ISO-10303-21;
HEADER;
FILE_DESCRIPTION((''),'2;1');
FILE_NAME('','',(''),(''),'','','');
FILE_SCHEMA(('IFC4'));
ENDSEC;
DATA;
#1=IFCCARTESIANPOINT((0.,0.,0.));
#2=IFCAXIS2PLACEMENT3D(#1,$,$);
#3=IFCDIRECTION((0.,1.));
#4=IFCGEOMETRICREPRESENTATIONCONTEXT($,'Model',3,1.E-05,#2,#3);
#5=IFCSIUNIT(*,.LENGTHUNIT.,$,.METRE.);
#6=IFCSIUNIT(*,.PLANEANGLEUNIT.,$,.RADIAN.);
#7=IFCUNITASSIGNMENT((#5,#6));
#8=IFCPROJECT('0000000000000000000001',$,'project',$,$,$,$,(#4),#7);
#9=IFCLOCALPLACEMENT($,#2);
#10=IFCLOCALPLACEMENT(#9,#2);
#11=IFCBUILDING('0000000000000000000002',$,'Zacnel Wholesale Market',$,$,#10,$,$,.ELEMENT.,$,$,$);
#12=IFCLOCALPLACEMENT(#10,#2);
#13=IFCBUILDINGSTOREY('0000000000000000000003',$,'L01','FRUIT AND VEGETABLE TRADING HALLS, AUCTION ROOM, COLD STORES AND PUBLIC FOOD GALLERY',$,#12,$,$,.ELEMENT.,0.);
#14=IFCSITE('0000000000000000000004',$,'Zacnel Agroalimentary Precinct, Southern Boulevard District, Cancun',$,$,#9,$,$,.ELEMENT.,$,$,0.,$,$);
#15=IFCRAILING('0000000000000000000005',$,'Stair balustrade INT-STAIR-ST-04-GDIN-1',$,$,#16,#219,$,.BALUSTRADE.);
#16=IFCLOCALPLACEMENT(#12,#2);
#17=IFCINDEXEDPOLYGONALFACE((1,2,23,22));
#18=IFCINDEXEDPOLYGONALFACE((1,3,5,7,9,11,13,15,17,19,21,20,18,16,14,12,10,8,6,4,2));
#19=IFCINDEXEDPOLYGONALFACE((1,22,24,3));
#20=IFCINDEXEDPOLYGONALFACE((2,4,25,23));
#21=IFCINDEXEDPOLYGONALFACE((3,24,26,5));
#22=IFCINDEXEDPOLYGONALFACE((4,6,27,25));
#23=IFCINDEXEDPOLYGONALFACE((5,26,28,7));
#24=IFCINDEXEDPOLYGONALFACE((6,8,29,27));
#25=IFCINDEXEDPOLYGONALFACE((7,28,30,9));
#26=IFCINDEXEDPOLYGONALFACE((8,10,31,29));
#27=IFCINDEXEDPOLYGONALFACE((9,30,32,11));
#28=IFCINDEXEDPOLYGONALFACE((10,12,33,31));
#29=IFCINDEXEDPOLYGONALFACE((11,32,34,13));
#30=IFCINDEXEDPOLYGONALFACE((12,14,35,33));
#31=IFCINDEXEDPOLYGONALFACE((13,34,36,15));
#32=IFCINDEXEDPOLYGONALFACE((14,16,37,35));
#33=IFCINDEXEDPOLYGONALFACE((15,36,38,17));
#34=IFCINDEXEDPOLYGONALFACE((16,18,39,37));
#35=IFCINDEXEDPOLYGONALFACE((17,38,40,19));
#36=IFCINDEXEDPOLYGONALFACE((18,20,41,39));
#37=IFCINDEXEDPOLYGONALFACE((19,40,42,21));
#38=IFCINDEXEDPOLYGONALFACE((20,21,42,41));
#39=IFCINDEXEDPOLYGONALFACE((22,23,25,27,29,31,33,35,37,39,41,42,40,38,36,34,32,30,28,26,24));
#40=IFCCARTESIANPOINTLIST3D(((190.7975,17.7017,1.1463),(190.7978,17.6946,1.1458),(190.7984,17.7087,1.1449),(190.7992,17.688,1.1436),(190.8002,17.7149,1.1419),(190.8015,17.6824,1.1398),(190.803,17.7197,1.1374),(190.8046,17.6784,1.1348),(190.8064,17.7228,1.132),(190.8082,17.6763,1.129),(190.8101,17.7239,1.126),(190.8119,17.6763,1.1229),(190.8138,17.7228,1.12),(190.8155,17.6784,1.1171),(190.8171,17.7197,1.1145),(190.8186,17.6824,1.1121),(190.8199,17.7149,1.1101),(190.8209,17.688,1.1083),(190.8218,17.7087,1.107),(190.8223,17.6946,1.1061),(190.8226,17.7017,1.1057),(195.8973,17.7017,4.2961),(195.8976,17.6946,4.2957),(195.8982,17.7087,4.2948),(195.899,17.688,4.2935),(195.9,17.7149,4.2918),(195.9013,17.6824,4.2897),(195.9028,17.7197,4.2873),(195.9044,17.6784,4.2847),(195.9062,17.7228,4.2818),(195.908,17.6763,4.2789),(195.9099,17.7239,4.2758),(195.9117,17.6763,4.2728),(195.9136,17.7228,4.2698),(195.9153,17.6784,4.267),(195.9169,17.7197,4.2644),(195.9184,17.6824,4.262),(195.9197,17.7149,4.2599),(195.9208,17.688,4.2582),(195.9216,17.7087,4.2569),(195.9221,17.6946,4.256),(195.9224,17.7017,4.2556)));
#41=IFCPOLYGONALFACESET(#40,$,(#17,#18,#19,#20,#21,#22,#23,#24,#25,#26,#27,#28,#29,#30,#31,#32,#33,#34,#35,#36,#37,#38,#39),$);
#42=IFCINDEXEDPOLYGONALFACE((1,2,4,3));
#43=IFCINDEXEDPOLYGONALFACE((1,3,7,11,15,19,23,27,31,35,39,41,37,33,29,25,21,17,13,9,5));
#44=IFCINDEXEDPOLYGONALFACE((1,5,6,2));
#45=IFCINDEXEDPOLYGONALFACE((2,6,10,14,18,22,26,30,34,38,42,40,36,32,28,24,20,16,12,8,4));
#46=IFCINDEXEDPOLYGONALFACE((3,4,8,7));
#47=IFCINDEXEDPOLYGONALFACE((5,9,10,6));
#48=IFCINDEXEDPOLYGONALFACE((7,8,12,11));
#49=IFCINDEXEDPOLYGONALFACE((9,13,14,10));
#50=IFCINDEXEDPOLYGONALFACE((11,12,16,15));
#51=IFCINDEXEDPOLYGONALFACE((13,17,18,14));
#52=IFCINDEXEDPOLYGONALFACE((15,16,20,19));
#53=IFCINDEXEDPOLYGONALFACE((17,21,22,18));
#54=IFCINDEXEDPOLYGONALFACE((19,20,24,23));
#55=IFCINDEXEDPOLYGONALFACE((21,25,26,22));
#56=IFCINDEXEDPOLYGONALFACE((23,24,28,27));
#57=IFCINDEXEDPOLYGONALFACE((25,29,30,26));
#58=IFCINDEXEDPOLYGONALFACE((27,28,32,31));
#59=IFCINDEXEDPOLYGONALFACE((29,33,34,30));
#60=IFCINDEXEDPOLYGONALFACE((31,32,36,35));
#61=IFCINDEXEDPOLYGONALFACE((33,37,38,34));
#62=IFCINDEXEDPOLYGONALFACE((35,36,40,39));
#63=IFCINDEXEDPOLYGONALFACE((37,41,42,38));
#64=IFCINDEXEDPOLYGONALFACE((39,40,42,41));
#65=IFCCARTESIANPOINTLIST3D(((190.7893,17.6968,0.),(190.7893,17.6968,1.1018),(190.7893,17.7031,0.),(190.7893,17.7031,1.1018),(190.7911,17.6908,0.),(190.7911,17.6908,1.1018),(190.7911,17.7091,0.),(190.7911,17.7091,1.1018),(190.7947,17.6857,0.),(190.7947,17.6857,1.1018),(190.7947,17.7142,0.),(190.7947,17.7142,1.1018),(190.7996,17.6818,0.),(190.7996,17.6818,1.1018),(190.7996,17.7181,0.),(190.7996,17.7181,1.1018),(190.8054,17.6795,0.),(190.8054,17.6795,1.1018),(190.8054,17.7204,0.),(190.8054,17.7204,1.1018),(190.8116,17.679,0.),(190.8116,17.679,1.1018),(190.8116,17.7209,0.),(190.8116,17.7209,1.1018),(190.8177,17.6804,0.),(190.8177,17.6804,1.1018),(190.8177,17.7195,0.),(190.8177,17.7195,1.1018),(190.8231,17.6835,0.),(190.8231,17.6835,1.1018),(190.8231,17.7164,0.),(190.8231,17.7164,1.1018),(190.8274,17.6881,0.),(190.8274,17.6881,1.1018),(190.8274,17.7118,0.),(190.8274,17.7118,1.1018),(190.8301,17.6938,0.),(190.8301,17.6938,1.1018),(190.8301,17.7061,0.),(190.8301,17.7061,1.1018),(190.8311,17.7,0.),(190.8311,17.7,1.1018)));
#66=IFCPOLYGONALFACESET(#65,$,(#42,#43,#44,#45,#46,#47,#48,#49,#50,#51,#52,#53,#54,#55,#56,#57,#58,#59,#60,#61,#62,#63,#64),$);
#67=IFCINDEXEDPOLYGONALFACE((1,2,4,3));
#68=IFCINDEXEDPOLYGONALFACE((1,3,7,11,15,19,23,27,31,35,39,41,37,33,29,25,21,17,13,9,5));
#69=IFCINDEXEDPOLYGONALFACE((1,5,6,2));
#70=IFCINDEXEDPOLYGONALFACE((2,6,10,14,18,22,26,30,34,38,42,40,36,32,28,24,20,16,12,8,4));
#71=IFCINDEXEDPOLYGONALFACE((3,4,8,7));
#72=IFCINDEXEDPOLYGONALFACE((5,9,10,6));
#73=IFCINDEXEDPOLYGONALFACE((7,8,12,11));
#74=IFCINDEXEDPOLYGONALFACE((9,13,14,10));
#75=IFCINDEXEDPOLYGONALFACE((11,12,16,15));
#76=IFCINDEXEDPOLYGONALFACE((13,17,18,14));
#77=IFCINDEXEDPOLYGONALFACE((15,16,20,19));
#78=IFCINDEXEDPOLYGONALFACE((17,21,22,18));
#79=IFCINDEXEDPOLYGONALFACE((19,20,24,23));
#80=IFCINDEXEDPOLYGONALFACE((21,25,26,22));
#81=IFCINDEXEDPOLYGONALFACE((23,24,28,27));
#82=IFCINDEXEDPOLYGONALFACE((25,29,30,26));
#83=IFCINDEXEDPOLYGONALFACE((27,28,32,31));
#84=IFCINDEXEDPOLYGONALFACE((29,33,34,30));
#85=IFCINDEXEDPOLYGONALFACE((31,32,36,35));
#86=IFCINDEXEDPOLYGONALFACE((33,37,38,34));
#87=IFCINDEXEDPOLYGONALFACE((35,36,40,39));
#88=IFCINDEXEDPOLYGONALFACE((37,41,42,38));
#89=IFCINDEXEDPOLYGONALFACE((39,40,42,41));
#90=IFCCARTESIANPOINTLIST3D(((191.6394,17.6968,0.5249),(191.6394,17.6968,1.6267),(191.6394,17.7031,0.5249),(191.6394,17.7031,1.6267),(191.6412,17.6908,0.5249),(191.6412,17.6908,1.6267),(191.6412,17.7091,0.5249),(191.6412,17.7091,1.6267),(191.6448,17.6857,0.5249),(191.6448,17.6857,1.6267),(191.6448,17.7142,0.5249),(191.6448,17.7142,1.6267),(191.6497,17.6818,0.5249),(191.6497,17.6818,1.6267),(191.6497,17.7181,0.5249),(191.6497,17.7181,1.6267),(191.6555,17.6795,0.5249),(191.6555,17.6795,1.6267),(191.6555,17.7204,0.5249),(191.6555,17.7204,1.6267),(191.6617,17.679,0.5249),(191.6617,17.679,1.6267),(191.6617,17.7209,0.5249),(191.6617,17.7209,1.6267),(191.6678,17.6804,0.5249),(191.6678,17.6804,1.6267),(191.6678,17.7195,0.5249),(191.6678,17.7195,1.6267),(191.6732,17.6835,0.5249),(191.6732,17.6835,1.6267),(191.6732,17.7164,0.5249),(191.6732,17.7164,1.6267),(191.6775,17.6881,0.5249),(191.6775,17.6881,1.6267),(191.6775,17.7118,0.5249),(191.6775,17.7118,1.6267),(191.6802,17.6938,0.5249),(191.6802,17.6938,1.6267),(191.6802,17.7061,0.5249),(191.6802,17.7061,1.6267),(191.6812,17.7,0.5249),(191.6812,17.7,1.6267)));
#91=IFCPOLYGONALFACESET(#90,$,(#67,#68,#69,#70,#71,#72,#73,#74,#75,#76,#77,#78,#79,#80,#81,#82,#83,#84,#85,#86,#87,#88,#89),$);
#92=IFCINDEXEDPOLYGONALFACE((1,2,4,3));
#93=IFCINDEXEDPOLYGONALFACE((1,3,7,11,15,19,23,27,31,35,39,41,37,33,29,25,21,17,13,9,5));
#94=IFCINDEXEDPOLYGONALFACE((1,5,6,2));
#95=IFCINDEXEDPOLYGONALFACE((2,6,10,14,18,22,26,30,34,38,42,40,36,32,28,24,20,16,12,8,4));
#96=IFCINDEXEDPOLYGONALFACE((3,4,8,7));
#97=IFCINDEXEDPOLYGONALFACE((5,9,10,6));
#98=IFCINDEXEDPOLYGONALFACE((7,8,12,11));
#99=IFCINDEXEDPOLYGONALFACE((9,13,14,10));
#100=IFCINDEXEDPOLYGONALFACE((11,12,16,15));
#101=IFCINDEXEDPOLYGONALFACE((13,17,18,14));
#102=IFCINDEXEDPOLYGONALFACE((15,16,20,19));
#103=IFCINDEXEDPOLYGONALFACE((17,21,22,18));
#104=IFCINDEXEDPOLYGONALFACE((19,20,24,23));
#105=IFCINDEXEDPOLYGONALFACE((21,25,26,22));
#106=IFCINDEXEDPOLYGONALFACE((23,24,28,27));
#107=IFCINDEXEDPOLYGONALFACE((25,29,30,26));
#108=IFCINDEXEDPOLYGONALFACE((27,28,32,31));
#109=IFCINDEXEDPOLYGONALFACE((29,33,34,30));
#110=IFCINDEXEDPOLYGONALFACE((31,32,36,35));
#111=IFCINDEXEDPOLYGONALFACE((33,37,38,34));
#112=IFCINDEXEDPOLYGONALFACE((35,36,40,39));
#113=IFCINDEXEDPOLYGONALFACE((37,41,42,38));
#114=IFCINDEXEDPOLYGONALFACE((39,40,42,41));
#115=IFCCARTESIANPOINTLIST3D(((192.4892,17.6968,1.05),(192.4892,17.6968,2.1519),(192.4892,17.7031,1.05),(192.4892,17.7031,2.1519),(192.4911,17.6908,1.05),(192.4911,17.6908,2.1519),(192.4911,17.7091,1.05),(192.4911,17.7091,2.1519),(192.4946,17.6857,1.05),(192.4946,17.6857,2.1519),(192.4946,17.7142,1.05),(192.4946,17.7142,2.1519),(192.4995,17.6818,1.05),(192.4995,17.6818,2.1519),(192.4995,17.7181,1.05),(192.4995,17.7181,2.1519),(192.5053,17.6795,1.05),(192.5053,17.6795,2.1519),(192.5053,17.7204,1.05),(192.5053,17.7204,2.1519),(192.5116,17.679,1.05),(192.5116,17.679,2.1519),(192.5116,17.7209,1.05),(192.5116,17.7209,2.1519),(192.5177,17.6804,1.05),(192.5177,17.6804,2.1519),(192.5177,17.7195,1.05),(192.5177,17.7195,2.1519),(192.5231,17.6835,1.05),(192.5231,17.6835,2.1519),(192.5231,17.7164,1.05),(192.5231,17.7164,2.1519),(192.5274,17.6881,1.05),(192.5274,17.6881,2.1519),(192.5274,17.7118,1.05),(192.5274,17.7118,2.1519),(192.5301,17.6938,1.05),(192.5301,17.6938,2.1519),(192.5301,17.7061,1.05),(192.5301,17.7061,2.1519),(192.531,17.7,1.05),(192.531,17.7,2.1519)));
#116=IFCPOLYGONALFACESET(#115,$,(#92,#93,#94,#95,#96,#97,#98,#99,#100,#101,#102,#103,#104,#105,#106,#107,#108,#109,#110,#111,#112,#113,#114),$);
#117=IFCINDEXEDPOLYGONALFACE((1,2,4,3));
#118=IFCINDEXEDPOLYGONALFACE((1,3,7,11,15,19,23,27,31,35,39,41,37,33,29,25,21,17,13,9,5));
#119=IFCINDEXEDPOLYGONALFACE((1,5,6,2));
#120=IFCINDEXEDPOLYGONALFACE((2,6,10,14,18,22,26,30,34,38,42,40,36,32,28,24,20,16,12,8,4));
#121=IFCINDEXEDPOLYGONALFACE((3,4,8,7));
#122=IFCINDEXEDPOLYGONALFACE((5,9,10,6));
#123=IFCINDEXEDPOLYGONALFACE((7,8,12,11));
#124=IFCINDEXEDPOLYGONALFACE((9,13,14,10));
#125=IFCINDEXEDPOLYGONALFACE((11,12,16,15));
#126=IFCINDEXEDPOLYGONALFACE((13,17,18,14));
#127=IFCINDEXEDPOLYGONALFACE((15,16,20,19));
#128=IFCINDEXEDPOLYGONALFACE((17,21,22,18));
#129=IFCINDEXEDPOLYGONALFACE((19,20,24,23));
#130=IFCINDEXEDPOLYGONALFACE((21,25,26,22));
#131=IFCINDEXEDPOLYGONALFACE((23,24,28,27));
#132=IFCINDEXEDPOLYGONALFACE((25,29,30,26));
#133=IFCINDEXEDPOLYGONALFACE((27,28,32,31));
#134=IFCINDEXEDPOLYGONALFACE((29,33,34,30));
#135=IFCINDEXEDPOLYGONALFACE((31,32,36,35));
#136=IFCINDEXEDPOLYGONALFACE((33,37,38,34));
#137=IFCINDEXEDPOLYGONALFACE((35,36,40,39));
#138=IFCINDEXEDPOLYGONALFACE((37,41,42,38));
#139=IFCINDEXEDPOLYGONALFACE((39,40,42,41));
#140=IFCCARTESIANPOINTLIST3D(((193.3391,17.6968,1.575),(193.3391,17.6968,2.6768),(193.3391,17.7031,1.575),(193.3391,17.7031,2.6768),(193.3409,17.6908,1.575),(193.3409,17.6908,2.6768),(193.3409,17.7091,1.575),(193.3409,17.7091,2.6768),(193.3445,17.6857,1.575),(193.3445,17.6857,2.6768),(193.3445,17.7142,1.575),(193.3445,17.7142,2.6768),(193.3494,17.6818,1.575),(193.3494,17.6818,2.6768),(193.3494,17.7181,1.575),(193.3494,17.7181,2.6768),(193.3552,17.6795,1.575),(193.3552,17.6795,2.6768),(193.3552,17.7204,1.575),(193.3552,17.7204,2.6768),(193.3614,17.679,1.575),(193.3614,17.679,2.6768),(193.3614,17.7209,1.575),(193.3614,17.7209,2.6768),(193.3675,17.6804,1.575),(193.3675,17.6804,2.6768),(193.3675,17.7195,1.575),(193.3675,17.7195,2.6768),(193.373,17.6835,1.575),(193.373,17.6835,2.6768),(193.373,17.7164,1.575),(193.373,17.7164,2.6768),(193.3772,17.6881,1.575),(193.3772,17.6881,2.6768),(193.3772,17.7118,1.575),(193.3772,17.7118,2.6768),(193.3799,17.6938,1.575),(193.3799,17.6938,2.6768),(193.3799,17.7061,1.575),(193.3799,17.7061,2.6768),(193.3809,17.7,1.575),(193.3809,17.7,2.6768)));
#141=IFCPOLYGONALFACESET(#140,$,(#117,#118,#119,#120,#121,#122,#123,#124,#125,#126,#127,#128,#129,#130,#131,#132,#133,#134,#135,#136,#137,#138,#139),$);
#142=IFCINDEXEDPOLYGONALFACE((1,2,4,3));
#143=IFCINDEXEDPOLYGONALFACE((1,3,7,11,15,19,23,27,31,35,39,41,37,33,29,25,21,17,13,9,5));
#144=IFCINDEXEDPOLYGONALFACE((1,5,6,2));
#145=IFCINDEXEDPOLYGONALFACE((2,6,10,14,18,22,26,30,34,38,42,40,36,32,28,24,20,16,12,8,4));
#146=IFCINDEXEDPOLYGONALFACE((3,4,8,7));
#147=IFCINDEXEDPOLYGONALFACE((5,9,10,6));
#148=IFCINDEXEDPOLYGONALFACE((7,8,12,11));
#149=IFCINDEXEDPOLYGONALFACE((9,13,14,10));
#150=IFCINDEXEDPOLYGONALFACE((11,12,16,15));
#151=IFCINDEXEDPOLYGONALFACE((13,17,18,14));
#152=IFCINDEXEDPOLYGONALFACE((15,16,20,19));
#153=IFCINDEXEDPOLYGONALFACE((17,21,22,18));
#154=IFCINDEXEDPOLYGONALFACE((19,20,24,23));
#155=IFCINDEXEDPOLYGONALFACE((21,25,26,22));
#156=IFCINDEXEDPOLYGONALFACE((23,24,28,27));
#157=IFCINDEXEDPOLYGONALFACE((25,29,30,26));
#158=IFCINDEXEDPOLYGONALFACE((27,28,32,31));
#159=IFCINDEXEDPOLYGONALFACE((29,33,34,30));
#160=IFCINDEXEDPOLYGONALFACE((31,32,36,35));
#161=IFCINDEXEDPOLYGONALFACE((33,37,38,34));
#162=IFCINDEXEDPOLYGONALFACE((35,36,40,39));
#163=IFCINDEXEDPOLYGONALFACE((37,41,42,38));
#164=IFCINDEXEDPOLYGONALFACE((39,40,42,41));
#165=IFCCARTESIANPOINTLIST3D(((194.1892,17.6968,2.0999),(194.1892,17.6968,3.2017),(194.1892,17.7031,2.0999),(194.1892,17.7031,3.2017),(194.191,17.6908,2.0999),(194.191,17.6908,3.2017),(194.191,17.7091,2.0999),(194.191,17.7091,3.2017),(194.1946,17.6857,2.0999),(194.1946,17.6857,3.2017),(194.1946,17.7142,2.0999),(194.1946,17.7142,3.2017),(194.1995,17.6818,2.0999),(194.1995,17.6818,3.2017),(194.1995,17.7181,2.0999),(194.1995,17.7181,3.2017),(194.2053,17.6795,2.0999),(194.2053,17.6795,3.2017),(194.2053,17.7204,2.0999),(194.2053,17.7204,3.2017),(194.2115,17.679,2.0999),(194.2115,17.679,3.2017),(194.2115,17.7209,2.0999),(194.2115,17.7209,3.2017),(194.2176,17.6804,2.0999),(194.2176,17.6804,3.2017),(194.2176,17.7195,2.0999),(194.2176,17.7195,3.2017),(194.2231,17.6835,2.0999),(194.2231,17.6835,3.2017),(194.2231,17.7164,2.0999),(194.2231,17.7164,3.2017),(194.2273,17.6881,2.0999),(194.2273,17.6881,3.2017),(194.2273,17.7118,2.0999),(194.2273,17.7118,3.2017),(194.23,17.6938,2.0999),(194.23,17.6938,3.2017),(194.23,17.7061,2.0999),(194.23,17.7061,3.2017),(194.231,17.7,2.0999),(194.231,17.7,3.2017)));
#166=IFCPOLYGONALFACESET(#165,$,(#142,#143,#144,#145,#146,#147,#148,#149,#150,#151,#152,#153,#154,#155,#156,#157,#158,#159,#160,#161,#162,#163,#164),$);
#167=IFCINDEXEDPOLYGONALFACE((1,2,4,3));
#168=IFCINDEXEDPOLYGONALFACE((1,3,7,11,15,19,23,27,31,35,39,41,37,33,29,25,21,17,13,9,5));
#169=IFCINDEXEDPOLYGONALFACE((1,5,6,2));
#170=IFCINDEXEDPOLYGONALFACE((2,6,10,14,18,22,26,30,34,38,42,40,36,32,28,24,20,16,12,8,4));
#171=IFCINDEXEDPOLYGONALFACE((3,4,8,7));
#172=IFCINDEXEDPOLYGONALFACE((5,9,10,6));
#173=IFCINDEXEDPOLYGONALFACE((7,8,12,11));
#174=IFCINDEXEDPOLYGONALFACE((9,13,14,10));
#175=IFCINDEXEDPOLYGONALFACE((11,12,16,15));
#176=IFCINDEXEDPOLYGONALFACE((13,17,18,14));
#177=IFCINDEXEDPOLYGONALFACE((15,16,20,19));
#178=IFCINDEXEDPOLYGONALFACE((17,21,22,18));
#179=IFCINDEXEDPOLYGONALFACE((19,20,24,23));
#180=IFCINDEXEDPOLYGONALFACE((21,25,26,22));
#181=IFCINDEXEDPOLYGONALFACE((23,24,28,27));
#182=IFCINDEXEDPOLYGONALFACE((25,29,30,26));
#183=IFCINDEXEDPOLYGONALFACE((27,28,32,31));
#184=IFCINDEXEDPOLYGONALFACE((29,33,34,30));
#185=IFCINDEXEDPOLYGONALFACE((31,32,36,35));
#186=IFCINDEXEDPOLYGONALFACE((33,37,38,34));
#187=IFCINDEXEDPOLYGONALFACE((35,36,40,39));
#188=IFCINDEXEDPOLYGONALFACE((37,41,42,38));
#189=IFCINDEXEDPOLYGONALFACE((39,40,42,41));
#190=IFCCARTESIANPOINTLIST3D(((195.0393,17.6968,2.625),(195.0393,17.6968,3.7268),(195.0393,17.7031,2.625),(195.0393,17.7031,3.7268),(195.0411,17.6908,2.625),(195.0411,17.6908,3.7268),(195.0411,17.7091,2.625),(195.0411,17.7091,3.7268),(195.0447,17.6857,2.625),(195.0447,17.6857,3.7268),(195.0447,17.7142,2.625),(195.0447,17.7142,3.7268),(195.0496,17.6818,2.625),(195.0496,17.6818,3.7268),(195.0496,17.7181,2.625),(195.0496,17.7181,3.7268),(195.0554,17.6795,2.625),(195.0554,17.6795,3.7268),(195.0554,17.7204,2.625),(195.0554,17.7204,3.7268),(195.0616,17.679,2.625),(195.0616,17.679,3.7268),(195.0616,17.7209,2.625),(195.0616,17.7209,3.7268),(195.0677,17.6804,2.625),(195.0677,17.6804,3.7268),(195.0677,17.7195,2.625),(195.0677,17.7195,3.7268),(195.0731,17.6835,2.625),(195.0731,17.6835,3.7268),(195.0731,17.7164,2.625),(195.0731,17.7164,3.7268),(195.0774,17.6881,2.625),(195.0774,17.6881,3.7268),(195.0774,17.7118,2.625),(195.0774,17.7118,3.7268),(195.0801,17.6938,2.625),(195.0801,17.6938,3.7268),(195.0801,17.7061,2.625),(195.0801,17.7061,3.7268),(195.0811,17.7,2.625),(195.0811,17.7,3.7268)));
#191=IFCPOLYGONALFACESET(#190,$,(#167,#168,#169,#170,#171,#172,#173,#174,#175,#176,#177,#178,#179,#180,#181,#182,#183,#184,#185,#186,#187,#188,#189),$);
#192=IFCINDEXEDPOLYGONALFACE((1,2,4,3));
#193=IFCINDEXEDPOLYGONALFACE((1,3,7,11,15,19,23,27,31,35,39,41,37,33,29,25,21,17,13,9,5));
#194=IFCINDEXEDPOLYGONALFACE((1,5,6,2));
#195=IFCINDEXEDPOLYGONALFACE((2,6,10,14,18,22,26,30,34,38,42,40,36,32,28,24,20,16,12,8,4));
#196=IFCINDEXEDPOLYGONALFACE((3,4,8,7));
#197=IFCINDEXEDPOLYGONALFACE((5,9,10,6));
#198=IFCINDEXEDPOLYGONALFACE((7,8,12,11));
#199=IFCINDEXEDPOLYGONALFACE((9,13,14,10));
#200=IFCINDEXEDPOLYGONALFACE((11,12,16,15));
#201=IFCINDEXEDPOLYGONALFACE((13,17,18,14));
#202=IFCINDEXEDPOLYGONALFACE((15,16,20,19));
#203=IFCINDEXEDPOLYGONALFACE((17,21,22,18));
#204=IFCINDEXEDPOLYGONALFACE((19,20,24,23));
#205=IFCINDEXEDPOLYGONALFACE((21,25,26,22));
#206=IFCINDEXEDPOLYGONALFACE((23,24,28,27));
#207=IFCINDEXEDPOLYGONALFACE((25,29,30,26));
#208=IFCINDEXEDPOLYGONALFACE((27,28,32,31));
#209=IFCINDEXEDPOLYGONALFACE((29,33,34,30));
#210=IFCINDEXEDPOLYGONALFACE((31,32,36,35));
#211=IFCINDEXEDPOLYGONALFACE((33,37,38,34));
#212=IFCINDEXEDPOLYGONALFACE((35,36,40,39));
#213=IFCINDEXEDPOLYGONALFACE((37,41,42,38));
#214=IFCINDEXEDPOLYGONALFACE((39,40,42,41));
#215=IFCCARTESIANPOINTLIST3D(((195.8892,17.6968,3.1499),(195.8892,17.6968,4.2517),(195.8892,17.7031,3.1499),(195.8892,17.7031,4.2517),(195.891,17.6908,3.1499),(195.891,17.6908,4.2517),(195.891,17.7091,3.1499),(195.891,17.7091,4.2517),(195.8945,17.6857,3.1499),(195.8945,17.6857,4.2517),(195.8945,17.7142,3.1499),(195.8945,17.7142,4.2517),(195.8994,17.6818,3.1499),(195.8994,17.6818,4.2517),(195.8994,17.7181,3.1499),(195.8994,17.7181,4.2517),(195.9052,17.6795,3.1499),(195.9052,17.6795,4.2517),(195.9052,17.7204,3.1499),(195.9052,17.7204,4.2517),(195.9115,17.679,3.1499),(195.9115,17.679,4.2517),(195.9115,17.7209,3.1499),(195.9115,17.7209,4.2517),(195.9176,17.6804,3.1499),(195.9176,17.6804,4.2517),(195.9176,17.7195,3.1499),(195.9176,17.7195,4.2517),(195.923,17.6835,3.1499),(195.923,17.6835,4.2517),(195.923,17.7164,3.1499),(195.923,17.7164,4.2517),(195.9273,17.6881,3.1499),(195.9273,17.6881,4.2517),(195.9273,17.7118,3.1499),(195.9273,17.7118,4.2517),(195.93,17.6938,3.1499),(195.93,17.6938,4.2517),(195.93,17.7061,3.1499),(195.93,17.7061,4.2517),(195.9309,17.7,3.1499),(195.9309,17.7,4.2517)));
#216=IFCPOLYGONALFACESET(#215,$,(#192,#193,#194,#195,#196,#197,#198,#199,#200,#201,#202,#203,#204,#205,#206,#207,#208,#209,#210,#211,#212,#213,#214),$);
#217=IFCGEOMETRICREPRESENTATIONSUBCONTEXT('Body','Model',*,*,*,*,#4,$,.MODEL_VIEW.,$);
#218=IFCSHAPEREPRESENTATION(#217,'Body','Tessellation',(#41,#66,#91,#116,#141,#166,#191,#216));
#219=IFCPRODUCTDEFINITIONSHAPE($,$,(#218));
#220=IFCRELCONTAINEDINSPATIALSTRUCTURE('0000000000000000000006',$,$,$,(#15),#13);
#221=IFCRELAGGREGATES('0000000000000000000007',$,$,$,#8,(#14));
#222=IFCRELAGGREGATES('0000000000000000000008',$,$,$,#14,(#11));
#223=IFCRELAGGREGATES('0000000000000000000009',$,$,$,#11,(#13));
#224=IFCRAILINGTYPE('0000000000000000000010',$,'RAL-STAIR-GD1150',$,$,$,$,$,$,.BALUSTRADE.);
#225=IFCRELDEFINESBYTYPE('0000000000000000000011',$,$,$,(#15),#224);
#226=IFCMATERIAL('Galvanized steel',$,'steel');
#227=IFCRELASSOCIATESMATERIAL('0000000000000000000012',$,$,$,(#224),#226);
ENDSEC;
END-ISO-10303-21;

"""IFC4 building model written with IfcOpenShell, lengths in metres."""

from ifc_helpers import new_model, si_unit, direction, frame, origin, origin_2d, place, context, subcontext, project, spatial, circle, extrude, material, type_object, element, save


model = new_model("IFC4")

# Units and contexts
model_context = context("Model", 3, precision=1e-05, world=origin(), true_north=direction((0.0, 1.0)))
body_context = subcontext(model_context, "Body", "Model", "MODEL_VIEW")
ifc_project = project(units=[si_unit("LENGTHUNIT", "METRE"), si_unit("PLANEANGLEUNIT", "RADIAN")], contexts=[model_context])

# Site, building, storey
site_placement = place(None, origin())
site = spatial("IfcSite", under=ifc_project, at=site_placement, Name="Zacnel Agroalimentary Precinct, Southern Boulevard District, Cancun", CompositionType="ELEMENT", RefElevation=0.0)
building_placement = place(site_placement, origin())
building = spatial("IfcBuilding", under=site, at=building_placement, Name="Zacnel Wholesale Market", CompositionType="ELEMENT")
storey_placement = place(building_placement, origin())
storey = spatial("IfcBuildingStorey", under=building, at=storey_placement, Name="L01", Description="FRUIT AND VEGETABLE TRADING HALLS, AUCTION ROOM, COLD STORES AND PUBLIC FOOD GALLERY", CompositionType="ELEMENT", Elevation=0.0)

# Railing
ifc_material_1 = material(Name="Galvanized steel", Category="steel")
railing_type = type_object("IfcRailingType", Name="RAL-STAIR-GD1150", PredefinedType="BALUSTRADE", material=ifc_material_1)
railing_1_placement = place(storey_placement, frame((190.8101, 17.7, 0.0)))
element("IfcRailing", 1, at=railing_1_placement, inside=storey, type_object=railing_type, Name="Stair balustrade INT-STAIR-ST-04-GDIN-1", PredefinedType="BALUSTRADE", context=body_context, shape_type="SweptSolid", body=[
    extrude(circle(Radius=0.0239, at=origin_2d()), frame((0.0, 0.0, 1.126), z_axis=(0.850799, 0.0, 0.525492), x_axis=(0.0, 1.0, 0.0)), (0.0, 0.0, 1.0), 5.9941),
    extrude(circle(Radius=0.021, at=origin_2d()), origin(), (0.0, 0.0, 1.0), 1.1018),
    extrude(circle(Radius=0.021, at=origin_2d()), frame((0.8501, 0.0, 0.5249)), (0.0, 0.0, 1.0), 1.1018),
    extrude(circle(Radius=0.021, at=origin_2d()), frame((1.7, 0.0, 1.05)), (0.0, 0.0, 1.0), 1.1018),
    extrude(circle(Radius=0.021, at=origin_2d()), frame((2.5498, 0.0, 1.575)), (0.0, 0.0, 1.0), 1.1018),
    extrude(circle(Radius=0.021, at=origin_2d()), frame((3.3999, 0.0, 2.0999)), (0.0, 0.0, 1.0), 1.1018),
    extrude(circle(Radius=0.021, at=origin_2d()), frame((4.25, 0.0, 2.625)), (0.0, 0.0, 1.0), 1.1018),
    extrude(circle(Radius=0.021, at=origin_2d()), frame((5.0999, 0.0, 3.1499)), (0.0, 0.0, 1.0), 1.1018),
])

save(model, "model.ifc")
